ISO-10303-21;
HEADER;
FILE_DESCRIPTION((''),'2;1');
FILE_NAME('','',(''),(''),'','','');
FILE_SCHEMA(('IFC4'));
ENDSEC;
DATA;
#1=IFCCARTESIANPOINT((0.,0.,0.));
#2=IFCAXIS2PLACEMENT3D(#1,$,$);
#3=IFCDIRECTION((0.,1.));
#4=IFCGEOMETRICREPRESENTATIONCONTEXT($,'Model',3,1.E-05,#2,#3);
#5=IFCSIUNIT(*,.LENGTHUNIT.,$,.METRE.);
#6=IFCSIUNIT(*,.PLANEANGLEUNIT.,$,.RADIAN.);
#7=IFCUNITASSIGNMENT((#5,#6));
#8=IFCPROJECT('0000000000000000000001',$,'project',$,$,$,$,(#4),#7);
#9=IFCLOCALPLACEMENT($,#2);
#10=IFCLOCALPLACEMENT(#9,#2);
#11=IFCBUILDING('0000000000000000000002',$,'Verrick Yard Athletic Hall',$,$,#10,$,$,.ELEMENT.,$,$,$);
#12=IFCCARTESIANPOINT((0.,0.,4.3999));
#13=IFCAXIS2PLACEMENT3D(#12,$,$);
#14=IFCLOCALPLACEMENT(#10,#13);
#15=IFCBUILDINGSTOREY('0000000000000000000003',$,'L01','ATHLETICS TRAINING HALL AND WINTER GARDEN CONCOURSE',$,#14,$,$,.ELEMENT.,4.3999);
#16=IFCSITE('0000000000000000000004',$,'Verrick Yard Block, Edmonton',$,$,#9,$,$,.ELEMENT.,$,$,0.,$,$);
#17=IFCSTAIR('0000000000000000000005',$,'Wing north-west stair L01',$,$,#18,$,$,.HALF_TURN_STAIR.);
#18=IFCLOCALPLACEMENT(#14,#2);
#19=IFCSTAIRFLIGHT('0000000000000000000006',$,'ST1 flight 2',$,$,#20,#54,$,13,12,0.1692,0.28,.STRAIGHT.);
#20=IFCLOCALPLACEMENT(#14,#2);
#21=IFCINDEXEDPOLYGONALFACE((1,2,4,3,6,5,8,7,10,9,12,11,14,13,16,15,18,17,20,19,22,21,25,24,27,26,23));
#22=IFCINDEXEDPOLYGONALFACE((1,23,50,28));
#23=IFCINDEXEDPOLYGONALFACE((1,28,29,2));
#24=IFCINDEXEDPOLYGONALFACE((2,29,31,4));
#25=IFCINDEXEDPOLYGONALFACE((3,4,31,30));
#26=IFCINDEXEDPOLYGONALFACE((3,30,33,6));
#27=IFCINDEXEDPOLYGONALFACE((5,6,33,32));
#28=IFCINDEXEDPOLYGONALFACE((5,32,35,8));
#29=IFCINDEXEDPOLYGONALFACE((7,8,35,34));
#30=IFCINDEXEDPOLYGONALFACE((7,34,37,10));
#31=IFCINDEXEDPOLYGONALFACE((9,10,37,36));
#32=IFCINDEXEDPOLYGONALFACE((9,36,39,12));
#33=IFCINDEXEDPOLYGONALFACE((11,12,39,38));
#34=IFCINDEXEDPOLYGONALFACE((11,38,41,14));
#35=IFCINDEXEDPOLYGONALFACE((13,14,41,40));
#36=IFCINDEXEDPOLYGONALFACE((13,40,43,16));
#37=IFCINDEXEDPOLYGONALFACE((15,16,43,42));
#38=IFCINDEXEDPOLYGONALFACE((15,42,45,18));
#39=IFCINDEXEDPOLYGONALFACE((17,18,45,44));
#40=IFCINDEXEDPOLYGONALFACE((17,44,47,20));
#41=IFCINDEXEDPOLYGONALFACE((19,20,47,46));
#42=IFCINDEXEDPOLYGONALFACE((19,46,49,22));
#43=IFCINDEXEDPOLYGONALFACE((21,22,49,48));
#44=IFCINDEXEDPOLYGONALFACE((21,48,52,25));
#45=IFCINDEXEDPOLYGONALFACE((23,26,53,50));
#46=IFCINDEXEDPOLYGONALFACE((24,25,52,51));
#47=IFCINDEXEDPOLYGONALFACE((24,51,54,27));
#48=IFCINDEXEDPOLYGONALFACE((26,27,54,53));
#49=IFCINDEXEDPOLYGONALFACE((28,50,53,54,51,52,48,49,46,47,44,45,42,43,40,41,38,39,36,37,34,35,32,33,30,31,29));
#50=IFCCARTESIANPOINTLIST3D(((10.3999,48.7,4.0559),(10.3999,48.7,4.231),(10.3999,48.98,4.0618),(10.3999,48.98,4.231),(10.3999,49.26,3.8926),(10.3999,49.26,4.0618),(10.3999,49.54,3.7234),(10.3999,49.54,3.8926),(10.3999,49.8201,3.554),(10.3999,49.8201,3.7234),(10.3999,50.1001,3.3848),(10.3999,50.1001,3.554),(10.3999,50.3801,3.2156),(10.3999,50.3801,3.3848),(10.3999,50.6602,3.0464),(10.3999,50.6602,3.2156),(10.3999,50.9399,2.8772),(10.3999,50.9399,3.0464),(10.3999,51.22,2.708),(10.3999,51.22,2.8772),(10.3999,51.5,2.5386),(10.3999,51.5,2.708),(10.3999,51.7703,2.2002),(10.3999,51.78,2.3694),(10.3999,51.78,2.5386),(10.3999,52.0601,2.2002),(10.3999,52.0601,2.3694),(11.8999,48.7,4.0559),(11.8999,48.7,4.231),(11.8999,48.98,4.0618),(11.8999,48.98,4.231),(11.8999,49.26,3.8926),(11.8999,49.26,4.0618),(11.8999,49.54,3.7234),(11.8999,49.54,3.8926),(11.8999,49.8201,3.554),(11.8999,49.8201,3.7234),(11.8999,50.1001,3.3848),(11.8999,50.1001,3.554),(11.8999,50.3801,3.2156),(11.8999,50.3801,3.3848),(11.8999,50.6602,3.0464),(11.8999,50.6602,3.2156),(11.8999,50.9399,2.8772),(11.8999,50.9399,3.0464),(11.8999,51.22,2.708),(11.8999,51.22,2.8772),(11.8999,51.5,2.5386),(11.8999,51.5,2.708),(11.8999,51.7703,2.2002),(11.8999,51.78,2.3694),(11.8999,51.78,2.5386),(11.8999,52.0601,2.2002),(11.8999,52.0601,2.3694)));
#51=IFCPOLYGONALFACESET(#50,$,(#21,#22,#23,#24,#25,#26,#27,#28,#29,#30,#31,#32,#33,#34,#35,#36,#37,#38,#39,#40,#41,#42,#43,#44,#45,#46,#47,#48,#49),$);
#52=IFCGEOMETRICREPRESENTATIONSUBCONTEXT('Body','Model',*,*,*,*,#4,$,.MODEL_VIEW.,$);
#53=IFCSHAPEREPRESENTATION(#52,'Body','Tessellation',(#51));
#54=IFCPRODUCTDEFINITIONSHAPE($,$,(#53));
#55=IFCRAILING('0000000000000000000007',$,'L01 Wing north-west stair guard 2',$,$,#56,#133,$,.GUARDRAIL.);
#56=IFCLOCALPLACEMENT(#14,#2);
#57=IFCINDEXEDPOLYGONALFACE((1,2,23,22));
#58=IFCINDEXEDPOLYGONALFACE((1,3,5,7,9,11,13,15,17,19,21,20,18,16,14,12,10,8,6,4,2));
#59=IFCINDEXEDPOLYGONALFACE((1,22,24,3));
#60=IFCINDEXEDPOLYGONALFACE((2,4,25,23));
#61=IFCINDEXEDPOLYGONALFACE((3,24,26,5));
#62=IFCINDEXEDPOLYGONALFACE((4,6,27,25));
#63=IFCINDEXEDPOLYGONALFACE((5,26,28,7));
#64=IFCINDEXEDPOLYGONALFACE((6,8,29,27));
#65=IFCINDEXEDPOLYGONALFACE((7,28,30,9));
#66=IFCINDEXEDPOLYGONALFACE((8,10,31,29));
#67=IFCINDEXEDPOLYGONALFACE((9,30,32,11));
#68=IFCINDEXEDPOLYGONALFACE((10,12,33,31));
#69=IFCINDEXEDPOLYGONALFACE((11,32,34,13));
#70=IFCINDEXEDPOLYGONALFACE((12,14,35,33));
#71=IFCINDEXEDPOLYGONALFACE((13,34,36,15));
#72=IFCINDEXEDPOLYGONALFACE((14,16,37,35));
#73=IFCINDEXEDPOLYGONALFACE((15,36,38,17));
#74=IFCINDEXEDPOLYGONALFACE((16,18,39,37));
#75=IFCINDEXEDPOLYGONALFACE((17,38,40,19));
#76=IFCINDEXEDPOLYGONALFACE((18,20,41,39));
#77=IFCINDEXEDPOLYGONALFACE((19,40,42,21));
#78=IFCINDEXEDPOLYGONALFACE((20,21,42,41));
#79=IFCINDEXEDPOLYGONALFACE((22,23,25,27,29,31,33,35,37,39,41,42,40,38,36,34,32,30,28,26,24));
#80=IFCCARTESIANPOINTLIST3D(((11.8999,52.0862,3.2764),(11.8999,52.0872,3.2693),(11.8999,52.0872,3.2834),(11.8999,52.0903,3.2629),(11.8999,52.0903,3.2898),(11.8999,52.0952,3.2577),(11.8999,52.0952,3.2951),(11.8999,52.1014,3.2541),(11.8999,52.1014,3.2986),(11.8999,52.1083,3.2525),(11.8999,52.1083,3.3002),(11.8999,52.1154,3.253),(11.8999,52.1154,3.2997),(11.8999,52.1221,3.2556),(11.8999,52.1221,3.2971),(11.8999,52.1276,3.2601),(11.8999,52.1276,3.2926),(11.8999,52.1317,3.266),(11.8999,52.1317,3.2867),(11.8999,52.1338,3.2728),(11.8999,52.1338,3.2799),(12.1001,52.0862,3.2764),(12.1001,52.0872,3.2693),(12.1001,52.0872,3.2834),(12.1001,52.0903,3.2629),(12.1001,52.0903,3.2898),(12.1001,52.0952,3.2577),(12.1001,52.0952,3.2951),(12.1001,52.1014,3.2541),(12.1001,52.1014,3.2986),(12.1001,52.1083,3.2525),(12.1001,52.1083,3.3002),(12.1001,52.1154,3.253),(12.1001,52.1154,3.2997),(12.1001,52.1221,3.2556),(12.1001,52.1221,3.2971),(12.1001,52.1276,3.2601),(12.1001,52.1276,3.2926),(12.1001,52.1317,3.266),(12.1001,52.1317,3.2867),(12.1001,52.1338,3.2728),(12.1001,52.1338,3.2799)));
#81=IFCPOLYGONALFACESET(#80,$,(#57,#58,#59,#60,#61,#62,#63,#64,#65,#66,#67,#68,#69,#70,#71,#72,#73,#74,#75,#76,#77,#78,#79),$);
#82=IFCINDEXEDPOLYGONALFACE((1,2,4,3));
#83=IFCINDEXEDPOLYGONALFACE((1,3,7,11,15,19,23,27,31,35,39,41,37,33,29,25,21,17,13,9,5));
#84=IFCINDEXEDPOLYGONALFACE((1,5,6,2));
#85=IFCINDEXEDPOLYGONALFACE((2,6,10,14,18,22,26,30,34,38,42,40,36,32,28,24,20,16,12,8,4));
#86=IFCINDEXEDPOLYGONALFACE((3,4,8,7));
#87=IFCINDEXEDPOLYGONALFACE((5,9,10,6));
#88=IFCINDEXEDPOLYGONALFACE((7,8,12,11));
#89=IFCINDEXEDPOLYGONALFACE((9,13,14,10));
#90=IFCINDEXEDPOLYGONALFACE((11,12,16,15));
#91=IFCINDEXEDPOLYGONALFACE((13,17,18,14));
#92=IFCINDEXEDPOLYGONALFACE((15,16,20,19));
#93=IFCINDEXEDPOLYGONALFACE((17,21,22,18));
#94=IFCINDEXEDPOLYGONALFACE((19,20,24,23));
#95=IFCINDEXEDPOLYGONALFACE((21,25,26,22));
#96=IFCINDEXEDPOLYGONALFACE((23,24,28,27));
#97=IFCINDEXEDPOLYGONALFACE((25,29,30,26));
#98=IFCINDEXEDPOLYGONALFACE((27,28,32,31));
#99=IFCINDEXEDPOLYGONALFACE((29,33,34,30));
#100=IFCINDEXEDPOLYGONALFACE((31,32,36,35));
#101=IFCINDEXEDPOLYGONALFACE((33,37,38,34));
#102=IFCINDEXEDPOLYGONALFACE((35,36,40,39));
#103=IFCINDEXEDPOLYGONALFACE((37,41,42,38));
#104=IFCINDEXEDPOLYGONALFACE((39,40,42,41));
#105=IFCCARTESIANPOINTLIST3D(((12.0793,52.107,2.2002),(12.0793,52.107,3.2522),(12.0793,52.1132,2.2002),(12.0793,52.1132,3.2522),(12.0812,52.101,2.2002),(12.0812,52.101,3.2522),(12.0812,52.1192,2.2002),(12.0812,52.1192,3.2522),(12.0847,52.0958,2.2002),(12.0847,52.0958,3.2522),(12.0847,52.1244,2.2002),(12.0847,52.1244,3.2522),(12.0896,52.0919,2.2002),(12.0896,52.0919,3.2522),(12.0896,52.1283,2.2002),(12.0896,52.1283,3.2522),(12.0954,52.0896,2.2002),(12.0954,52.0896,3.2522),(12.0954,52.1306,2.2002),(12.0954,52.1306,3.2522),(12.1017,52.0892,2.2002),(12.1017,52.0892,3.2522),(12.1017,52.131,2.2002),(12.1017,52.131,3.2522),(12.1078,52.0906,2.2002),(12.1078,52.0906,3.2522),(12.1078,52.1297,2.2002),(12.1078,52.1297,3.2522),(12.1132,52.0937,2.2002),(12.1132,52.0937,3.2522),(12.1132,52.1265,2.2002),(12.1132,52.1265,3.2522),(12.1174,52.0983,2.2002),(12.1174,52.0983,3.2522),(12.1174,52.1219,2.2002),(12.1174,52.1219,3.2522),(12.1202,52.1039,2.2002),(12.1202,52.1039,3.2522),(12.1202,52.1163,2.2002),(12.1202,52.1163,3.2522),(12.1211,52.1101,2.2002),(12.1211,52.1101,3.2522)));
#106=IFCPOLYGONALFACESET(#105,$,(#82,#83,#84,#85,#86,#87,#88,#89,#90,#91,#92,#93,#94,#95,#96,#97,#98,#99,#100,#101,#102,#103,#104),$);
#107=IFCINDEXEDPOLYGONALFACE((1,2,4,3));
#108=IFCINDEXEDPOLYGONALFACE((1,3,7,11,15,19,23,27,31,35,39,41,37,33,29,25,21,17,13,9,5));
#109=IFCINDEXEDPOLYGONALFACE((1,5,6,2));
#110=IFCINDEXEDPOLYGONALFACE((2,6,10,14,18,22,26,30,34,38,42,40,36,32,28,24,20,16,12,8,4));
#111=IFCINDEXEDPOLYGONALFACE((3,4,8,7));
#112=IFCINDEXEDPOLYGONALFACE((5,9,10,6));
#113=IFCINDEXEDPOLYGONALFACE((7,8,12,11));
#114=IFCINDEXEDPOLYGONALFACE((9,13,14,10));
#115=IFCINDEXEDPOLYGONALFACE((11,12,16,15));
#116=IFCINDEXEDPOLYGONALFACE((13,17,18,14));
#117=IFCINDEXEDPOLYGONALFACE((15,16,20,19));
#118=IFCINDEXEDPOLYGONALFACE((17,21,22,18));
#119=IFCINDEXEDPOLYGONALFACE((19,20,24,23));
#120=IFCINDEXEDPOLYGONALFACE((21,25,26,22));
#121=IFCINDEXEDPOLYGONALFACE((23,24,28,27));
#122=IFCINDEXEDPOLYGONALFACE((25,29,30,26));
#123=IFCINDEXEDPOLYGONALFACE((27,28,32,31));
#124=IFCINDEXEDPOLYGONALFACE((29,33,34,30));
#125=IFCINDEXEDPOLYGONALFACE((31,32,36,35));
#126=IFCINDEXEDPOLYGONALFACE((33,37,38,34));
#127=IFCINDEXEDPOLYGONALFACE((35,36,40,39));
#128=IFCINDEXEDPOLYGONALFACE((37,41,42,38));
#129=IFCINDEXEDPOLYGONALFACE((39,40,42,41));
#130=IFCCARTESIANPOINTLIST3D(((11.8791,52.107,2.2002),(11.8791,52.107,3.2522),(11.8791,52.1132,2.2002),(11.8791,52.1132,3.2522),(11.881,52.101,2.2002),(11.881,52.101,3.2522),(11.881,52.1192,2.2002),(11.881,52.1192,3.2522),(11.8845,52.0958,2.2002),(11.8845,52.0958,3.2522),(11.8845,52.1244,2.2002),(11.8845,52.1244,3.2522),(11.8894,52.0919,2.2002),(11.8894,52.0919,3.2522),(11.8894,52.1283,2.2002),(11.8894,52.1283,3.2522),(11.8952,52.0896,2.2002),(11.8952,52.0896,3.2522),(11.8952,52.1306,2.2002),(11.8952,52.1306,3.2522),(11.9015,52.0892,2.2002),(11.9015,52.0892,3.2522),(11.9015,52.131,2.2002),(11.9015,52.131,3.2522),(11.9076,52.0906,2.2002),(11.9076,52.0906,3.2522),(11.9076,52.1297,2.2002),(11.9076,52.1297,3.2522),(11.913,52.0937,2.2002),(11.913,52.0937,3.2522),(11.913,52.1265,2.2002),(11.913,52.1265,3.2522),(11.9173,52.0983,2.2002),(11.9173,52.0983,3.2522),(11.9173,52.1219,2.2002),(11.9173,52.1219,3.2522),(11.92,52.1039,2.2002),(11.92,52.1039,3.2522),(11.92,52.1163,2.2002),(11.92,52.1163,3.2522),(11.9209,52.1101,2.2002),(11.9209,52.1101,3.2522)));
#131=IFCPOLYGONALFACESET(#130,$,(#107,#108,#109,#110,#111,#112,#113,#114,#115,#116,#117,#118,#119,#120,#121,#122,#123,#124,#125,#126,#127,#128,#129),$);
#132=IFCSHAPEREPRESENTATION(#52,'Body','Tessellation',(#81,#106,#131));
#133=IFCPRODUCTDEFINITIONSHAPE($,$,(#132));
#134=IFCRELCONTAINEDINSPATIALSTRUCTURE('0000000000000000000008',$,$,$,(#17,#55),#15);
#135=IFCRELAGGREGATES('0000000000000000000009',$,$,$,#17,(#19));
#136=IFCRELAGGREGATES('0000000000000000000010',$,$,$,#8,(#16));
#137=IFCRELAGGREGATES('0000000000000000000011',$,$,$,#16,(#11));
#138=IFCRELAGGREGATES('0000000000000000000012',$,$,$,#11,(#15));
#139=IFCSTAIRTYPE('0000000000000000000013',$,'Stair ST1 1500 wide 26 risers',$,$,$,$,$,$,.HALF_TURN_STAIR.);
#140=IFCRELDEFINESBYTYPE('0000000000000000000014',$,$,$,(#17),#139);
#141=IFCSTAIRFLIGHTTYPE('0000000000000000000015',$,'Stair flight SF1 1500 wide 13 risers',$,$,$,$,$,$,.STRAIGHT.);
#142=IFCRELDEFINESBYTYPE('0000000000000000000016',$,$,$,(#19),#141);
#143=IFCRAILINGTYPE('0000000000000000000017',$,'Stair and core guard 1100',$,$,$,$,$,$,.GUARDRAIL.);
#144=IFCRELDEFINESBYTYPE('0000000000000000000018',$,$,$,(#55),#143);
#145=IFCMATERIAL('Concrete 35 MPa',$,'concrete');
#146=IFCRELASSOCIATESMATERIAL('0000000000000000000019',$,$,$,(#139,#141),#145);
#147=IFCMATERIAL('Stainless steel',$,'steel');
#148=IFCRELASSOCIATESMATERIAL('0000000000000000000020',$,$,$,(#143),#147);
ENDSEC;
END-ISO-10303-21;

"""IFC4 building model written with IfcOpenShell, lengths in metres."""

from ifc_helpers import new_model, si_unit, direction, frame, origin, origin_2d, place, context, subcontext, project, spatial, polyline, circle, outline, extrude, material, type_object, element, aggregate, save


model = new_model("IFC4")

# Units and contexts
model_context = context("Model", 3, precision=1e-05, world=origin(), true_north=direction((0.0, 1.0)))
body_context = subcontext(model_context, "Body", "Model", "MODEL_VIEW")
ifc_project = project(units=[si_unit("LENGTHUNIT", "METRE"), si_unit("PLANEANGLEUNIT", "RADIAN")], contexts=[model_context])

# Site, building, storey
site_placement = place(None, origin())
site = spatial("IfcSite", under=ifc_project, at=site_placement, Name="Verrick Yard Block, Edmonton", CompositionType="ELEMENT", RefElevation=0.0)
building_placement = place(site_placement, origin())
building = spatial("IfcBuilding", under=site, at=building_placement, Name="Verrick Yard Athletic Hall", CompositionType="ELEMENT")
storey_placement = place(building_placement, frame((0.0, 0.0, 4.3999)))
storey = spatial("IfcBuildingStorey", under=building, at=storey_placement, Name="L01", Description="ATHLETICS TRAINING HALL AND WINTER GARDEN CONCOURSE", CompositionType="ELEMENT", Elevation=4.3999)

# Shared definitions
ifc_material_1 = material(Name="Concrete 35 MPa", Category="concrete")

# Stair, stair flight
stair_type = type_object("IfcStairType", Name="Stair ST1 1500 wide 26 risers", PredefinedType="HALF_TURN_STAIR", material=ifc_material_1)
stair_placement = place(storey_placement, origin())
stair = element("IfcStair", 1, at=stair_placement, inside=storey, type_object=stair_type, Name="Wing north-west stair L01", PredefinedType="HALF_TURN_STAIR")
stair_flight_type = type_object("IfcStairFlightType", Name="Stair flight SF1 1500 wide 13 risers", PredefinedType="STRAIGHT", material=ifc_material_1)
stair_flight_placement = place(storey_placement, frame((11.1499, 52.0601, 2.2002), z_axis=(0.0, 0.0, 1.0), x_axis=(0.0, -1.0, 0.0)))
stair_flight = element("IfcStairFlight", 2, at=stair_flight_placement, type_object=stair_flight_type, Name="ST1 flight 2", NumberOfRisers=13, NumberOfTreads=12, PredefinedType="STRAIGHT", RiserHeight=0.1692, TreadLength=0.28, context=body_context, shape_type="SweptSolid", body=[
    extrude(outline(polyline([(0.0, 0.0), (0.0, 0.1692), (0.28, 0.1692), (0.28, 0.3384), (0.5601, 0.3384), (0.5601, 0.5078), (0.8401, 0.5078), (0.8401, 0.677), (1.1201, 0.677), (1.1201, 0.8462), (1.3999, 0.8462), (1.3999, 1.0154), (1.6799, 1.0154), (1.6799, 1.1846), (1.96, 1.1846), (1.96, 1.3538), (2.24, 1.3538), (2.24, 1.5232), (2.52, 1.5232), (2.52, 1.6924), (2.8, 1.6924), (2.8, 1.8616), (3.0801, 1.8616), (3.0801, 2.0308), (3.3601, 2.0308), (3.3601, 2.2), (3.3601, 1.8557), (0.2898, 0.0), (0.0, 0.0)])), frame((0.0, 0.75, 0.0), z_axis=(0.0, -1.0, 0.0), x_axis=(1.0, 0.0, 0.0)), (0.0, 0.0, 1.0), 1.5),
])
aggregate(stair, [stair_flight])

# Railing
ifc_material_2 = material(Name="Stainless steel", Category="steel")
railing_type_1 = type_object("IfcRailingType", Name="Stair and core guard 1100", PredefinedType="GUARDRAIL", material=ifc_material_2)
railing_1_placement = place(storey_placement, frame((12.1001, 52.1101, 2.2002)))
element("IfcRailing", 3, at=railing_1_placement, inside=storey, type_object=railing_type_1, Name="L01 Wing north-west stair guard 2", PredefinedType="GUARDRAIL", context=body_context, shape_type="SweptSolid", body=[
    extrude(circle(Radius=0.0239, at=origin_2d()), frame((0.0, 0.0, 1.0762), z_axis=(-1.0, 0.0, 0.0), x_axis=(0.0, -1.0, 0.0)), (0.0, 0.0, 1.0), 0.2002),
    extrude(circle(Radius=0.021, at=origin_2d()), origin(), (0.0, 0.0, 1.0), 1.052),
    extrude(circle(Radius=0.021, at=origin_2d()), frame((-0.2002, 0.0, 0.0)), (0.0, 0.0, 1.0), 1.052),
])

save(model, "model.ifc")
